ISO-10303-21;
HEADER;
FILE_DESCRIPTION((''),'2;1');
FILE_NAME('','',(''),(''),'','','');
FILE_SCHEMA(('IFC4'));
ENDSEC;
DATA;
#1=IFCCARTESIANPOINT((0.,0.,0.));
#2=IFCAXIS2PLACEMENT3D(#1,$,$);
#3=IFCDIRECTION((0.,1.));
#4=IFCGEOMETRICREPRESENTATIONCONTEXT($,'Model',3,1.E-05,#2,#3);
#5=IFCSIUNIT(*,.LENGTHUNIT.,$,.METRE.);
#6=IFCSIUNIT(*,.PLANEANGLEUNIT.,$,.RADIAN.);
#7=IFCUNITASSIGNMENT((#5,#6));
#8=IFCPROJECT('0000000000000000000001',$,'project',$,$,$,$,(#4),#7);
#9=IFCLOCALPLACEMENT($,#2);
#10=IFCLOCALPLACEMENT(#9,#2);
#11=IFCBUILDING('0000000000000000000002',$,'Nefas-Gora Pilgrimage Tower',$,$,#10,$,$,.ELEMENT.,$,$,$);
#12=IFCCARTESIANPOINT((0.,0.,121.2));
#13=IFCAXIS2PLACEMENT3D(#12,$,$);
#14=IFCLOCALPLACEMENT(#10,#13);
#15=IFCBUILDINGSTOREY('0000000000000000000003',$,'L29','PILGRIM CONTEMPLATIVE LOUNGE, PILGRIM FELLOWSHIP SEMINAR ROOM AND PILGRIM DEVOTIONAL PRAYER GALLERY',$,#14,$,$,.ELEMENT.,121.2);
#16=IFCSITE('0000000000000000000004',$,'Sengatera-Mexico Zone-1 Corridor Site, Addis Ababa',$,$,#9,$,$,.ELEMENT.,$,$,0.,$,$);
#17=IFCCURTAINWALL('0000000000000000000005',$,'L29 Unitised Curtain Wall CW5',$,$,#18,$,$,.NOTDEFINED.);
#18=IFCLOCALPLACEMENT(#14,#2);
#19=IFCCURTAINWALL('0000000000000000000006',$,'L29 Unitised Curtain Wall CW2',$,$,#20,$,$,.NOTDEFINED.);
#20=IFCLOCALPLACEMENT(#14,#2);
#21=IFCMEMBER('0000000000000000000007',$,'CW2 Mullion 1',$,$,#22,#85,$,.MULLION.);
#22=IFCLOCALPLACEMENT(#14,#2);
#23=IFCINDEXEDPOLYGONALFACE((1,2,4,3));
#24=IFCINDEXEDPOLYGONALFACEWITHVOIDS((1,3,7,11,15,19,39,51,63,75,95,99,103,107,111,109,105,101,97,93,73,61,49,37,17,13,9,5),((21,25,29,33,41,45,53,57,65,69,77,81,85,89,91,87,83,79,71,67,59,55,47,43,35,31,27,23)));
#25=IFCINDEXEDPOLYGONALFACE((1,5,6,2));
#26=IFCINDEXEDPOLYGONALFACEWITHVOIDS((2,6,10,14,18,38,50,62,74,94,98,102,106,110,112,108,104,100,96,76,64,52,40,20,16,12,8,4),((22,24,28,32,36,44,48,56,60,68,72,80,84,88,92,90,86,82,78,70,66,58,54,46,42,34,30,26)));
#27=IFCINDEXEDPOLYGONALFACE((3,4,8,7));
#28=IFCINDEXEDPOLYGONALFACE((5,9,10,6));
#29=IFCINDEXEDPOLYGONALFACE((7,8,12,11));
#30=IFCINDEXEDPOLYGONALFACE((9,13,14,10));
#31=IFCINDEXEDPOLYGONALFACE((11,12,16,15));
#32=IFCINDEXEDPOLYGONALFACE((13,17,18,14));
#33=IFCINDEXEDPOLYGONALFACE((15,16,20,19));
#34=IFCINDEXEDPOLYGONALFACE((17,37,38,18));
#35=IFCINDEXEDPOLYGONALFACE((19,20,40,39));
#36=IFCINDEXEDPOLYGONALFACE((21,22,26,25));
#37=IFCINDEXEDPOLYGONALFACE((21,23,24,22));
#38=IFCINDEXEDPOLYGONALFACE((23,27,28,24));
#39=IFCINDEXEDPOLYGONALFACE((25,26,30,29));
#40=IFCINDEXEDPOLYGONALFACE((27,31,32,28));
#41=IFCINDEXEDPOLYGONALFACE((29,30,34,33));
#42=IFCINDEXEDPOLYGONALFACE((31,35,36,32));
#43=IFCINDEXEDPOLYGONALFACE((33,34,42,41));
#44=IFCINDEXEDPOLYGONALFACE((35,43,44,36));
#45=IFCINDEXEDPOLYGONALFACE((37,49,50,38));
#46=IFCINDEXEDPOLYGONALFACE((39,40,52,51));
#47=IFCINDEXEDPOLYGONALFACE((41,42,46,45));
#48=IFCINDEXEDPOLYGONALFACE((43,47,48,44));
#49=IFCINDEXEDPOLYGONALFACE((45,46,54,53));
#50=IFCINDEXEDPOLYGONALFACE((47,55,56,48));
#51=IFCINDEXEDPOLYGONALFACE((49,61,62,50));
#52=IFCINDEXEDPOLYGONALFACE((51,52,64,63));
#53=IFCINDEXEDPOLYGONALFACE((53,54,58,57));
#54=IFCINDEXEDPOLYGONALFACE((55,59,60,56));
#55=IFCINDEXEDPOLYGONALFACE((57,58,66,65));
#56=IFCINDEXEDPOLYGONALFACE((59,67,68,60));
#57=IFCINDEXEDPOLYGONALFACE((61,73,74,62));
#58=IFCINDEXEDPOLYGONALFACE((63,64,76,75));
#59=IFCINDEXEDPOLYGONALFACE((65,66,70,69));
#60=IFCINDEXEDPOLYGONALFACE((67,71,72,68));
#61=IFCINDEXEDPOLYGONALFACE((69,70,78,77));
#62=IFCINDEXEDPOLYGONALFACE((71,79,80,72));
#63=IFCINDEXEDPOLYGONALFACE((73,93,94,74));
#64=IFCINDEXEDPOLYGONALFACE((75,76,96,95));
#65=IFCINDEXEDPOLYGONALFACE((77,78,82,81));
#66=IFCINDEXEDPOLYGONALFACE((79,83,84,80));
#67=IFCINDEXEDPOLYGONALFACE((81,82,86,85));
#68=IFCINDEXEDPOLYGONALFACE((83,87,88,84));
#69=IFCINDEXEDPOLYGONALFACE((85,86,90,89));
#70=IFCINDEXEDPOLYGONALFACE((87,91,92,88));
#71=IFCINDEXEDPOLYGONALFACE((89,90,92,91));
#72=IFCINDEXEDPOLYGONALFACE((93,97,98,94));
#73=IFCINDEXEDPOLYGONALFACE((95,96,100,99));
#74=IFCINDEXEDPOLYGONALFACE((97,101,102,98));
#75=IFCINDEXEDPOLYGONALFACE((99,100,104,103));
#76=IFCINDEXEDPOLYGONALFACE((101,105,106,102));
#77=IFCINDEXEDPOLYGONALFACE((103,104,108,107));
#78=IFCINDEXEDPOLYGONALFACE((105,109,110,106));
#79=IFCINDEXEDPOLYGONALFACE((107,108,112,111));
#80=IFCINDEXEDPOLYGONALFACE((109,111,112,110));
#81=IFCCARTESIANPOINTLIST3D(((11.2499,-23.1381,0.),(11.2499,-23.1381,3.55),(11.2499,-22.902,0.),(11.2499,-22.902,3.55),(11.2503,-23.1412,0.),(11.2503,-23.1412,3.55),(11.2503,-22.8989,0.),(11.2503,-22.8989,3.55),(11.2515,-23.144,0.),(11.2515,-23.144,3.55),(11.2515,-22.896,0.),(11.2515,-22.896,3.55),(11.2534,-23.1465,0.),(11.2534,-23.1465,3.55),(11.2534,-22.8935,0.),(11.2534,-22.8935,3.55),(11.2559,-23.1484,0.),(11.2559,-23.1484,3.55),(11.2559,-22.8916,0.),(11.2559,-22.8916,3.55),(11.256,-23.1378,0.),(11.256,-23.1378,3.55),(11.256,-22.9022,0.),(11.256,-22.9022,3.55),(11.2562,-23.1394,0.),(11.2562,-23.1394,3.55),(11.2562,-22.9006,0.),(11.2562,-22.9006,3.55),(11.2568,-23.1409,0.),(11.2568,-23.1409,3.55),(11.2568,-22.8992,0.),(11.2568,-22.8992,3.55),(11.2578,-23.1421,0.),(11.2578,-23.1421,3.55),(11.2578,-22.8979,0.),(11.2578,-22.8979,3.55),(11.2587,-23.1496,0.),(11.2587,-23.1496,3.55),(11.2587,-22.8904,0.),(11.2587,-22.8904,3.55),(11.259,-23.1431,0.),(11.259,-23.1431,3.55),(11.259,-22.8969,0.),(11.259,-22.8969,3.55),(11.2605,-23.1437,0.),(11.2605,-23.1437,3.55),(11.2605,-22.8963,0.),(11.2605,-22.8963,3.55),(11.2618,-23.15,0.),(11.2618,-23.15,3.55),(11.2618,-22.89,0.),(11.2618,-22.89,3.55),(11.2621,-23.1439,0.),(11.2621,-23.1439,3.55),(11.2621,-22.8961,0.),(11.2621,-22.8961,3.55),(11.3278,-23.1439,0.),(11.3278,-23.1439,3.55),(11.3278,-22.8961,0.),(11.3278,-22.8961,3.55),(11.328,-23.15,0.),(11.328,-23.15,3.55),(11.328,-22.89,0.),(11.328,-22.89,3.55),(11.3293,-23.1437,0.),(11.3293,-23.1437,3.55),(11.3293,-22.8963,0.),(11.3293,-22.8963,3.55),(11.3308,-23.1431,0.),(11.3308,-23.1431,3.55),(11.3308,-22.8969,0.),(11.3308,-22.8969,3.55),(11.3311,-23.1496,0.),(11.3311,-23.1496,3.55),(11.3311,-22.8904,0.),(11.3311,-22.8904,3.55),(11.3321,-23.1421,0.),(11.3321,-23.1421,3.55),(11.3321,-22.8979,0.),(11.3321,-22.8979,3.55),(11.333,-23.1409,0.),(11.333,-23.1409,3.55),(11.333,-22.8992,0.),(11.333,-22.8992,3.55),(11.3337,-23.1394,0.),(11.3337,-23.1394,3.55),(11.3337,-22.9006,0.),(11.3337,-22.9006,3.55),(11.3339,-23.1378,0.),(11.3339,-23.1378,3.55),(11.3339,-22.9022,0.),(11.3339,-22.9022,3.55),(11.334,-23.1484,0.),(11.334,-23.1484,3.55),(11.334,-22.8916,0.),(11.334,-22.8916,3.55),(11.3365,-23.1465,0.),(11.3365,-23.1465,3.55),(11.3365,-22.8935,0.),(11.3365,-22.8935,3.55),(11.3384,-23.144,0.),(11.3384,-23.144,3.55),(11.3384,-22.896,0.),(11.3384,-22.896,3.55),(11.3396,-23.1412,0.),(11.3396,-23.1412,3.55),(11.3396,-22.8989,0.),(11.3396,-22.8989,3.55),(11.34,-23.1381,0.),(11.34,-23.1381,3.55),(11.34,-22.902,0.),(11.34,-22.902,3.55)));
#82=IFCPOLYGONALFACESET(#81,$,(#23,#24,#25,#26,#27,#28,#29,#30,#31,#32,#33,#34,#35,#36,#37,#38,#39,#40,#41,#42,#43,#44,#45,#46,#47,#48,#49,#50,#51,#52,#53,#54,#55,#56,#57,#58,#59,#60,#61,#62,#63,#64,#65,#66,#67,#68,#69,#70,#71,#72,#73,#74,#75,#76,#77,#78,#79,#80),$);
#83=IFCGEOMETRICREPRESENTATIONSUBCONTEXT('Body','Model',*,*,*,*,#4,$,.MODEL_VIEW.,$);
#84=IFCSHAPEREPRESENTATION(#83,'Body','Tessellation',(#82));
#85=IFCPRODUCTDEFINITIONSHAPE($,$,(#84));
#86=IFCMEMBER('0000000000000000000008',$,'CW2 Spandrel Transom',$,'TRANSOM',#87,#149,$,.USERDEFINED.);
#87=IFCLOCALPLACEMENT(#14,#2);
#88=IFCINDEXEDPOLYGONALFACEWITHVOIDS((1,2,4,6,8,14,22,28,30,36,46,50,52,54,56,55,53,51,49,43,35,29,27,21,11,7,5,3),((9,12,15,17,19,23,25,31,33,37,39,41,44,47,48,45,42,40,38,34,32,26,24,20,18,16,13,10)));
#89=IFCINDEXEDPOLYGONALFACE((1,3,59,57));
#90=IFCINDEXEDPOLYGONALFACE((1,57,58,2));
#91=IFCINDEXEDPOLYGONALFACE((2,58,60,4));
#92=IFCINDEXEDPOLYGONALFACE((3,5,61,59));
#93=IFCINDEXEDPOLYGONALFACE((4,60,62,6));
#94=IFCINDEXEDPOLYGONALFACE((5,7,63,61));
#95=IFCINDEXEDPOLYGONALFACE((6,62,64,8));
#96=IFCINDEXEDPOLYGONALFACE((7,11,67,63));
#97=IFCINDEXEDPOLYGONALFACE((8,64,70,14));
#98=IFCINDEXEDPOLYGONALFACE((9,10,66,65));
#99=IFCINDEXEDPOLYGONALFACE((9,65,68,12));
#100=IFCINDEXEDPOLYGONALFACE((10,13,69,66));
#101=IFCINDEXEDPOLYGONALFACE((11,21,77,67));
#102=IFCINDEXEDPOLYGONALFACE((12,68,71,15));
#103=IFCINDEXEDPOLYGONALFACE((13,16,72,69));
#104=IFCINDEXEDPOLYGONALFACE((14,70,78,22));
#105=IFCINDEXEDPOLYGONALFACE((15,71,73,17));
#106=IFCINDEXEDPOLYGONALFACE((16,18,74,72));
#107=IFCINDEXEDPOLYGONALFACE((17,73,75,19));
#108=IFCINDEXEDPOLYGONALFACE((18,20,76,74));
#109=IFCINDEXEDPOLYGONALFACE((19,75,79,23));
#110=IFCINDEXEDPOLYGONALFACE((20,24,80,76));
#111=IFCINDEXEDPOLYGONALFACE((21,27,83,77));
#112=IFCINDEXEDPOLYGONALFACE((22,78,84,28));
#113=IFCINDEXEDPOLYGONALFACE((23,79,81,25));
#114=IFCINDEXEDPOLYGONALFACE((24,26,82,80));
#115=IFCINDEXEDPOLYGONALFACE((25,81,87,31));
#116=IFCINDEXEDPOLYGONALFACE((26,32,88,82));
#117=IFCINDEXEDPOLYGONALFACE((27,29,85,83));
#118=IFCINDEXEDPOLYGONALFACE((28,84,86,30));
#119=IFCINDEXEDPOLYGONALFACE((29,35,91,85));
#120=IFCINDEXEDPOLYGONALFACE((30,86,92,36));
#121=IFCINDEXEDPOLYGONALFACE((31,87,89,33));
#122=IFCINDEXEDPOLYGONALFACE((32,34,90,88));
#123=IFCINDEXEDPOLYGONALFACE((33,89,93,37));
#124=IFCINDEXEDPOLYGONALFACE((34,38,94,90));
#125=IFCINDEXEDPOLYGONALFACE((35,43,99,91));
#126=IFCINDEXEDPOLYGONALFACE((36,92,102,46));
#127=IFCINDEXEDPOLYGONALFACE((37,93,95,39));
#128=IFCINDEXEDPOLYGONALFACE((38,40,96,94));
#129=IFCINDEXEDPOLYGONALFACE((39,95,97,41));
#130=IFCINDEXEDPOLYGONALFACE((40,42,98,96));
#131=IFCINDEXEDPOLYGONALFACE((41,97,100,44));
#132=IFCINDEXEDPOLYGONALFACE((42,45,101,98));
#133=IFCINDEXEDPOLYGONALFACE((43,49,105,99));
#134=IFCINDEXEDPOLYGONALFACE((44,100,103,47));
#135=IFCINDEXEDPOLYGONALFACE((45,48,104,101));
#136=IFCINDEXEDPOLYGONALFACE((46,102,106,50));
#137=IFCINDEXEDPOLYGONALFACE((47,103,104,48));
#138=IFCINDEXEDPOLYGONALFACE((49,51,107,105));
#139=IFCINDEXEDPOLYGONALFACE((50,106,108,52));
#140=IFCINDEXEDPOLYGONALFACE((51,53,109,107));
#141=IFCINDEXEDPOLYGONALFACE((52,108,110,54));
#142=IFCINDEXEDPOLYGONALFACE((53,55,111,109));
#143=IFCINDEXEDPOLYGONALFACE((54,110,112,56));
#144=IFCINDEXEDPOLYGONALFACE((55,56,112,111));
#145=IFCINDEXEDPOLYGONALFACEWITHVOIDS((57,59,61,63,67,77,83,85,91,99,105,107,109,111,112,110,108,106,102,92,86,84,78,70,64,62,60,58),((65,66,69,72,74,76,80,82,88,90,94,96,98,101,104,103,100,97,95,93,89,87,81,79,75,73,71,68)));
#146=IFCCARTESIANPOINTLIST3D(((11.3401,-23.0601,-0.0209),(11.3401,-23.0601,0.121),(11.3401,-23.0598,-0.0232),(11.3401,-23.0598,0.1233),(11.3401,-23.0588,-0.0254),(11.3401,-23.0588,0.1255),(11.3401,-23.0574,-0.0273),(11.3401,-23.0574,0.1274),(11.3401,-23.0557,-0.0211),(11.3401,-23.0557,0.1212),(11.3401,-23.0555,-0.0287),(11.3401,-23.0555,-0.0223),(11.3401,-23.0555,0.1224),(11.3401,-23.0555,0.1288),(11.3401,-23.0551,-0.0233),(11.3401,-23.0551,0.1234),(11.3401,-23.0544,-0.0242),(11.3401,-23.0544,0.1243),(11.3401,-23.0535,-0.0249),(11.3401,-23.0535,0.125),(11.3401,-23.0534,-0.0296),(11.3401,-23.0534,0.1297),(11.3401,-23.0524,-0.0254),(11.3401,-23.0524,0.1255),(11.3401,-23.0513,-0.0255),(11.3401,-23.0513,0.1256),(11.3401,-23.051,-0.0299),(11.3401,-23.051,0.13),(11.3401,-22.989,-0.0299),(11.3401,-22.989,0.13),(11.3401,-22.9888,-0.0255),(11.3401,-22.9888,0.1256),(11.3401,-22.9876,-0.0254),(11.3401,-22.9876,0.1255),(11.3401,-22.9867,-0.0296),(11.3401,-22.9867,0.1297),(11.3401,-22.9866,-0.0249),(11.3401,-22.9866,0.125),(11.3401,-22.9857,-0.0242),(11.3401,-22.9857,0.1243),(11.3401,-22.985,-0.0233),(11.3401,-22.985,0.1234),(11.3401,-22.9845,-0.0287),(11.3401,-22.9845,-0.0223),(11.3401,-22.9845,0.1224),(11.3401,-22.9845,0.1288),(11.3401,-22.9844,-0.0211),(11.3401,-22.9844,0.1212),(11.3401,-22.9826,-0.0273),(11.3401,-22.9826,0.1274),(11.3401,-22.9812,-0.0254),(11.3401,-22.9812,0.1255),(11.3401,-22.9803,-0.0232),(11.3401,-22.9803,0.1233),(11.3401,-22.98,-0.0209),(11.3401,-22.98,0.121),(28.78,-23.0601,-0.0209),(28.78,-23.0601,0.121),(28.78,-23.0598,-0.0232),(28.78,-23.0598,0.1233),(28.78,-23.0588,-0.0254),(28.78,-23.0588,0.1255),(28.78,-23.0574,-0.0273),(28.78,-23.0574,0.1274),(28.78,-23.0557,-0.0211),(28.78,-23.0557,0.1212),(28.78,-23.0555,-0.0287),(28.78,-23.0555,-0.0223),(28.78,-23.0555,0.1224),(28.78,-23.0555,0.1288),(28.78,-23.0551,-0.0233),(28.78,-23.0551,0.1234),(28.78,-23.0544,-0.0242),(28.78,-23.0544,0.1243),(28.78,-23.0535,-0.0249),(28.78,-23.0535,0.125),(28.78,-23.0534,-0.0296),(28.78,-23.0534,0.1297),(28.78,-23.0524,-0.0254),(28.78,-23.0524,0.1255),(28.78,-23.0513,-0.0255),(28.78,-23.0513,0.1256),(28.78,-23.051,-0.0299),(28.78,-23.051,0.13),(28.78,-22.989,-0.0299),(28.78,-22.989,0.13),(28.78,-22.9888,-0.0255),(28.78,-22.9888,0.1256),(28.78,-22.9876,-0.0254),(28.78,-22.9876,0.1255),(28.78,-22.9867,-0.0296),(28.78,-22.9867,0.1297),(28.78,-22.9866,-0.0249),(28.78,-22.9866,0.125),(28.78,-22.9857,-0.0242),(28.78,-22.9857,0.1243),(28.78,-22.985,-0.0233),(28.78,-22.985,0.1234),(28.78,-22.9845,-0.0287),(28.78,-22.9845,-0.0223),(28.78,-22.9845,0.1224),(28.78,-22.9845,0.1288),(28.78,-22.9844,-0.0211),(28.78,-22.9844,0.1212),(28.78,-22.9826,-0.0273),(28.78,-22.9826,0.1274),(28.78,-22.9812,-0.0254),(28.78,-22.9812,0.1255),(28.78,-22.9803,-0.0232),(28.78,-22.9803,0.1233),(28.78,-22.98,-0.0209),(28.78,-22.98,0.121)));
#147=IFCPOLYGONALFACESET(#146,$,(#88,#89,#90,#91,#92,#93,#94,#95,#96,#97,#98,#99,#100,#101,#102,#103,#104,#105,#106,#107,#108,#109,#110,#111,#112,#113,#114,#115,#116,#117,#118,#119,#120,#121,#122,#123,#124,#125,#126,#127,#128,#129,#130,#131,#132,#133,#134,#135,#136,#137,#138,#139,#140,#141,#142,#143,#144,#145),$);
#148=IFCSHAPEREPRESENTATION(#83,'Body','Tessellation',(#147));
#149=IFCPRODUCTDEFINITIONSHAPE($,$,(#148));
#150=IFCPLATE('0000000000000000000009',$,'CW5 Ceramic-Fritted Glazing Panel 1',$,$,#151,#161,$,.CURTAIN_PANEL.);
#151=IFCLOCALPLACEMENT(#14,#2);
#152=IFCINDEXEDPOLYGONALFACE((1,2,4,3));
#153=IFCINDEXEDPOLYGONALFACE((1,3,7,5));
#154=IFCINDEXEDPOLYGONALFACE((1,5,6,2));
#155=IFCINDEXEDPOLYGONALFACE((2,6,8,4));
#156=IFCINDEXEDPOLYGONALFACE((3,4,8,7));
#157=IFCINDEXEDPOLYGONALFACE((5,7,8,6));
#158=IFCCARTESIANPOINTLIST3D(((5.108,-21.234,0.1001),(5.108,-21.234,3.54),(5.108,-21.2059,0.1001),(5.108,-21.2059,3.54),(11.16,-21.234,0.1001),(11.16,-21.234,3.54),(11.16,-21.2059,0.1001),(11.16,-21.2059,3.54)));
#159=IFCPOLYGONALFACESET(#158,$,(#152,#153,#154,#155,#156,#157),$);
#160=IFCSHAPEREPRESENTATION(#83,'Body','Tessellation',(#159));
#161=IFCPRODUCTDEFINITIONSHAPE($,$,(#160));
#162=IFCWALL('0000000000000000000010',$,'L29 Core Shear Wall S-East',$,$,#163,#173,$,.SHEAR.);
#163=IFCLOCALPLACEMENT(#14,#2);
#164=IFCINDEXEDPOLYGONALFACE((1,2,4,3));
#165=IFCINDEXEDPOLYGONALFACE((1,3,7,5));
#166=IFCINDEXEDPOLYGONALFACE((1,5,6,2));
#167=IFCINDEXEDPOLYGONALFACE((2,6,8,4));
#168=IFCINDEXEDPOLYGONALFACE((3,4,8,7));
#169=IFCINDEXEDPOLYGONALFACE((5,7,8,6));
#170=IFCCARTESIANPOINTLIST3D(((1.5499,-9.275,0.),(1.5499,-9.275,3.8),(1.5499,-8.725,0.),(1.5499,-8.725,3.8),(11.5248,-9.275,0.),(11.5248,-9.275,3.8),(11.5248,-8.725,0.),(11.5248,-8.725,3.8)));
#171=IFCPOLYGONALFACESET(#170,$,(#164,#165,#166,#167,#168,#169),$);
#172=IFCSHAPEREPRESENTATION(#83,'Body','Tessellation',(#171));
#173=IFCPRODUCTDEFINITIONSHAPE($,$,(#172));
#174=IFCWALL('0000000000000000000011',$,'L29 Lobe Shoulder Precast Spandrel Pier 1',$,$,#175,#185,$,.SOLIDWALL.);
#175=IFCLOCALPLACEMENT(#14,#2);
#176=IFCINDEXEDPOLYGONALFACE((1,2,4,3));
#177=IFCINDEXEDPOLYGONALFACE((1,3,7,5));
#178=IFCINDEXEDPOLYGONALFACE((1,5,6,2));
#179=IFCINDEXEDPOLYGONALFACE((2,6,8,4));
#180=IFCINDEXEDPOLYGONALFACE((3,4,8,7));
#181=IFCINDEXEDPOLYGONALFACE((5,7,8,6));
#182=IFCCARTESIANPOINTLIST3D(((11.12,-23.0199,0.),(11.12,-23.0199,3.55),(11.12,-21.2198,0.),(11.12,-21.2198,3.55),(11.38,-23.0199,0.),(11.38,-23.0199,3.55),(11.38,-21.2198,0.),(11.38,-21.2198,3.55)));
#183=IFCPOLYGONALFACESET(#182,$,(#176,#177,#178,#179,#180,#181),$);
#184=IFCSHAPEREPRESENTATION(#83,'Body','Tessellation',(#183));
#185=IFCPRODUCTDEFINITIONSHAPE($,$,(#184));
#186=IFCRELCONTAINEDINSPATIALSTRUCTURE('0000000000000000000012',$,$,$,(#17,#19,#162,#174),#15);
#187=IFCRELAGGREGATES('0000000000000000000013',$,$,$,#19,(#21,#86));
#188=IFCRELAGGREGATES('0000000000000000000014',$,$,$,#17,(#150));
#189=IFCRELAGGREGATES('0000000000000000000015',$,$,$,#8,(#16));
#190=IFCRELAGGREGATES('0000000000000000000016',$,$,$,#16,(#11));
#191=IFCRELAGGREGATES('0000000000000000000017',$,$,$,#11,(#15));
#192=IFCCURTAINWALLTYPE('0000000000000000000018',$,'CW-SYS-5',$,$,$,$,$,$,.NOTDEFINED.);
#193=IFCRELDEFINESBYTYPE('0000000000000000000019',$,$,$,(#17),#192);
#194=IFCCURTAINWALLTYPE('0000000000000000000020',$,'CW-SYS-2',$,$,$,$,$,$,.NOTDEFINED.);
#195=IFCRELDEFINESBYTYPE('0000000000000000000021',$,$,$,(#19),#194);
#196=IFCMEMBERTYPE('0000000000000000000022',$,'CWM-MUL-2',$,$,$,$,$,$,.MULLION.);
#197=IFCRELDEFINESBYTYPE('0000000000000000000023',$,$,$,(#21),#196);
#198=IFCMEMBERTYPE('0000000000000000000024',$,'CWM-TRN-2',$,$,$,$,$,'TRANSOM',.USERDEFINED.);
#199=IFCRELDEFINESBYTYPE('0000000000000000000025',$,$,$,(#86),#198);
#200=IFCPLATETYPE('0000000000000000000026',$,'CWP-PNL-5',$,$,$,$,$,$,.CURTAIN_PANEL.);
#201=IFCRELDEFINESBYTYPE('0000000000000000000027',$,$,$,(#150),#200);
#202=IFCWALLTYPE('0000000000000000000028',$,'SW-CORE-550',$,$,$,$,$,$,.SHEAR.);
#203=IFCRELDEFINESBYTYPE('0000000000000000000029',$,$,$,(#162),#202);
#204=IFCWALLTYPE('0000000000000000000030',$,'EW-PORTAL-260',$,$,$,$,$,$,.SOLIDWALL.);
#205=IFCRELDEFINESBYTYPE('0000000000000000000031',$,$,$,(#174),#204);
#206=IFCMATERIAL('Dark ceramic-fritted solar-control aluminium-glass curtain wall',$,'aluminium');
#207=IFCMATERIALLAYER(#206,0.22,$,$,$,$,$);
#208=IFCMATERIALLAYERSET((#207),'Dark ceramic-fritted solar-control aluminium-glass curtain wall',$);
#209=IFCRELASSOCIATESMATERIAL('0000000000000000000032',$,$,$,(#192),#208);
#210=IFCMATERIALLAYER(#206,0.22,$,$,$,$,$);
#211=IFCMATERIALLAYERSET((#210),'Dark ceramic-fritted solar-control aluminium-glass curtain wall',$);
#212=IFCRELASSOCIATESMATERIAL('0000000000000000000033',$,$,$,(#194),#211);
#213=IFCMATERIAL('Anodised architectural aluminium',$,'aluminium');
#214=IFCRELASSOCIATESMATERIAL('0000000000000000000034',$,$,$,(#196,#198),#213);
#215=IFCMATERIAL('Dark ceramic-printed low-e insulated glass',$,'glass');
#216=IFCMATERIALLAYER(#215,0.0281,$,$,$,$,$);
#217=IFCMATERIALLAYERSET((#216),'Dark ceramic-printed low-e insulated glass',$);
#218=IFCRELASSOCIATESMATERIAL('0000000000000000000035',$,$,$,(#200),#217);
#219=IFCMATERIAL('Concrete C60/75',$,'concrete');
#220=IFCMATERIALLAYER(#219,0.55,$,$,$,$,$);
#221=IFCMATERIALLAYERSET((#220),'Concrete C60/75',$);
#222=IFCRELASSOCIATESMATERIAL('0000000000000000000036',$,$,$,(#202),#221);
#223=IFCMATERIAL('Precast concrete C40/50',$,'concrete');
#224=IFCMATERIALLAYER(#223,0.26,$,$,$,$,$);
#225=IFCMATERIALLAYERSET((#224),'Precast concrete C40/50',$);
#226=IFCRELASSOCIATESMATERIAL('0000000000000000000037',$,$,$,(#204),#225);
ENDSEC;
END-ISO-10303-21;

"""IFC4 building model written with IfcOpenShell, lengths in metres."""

from ifc_helpers import new_model, si_unit, direction, frame, frame_2d, origin, origin_2d, place, context, subcontext, project, spatial, rectangle, hollow_rectangle, extrude, source, transform, mapped, material, layer, layer_set, material_profile, profile_set, type_object, element, aggregate, save


model = new_model("IFC4")

# Units and contexts
model_context = context("Model", 3, precision=1e-05, world=origin(), true_north=direction((0.0, 1.0)))
body_context = subcontext(model_context, "Body", "Model", "MODEL_VIEW")
ifc_project = project(units=[si_unit("LENGTHUNIT", "METRE"), si_unit("PLANEANGLEUNIT", "RADIAN")], contexts=[model_context])

# Site, building, storey
site_placement = place(None, origin())
site = spatial("IfcSite", under=ifc_project, at=site_placement, Name="Sengatera-Mexico Zone-1 Corridor Site, Addis Ababa", CompositionType="ELEMENT", RefElevation=0.0)
building_placement = place(site_placement, origin())
building = spatial("IfcBuilding", under=site, at=building_placement, Name="Nefas-Gora Pilgrimage Tower", CompositionType="ELEMENT")
storey_placement = place(building_placement, frame((0.0, 0.0, 121.2)))
storey = spatial("IfcBuildingStorey", under=building, at=storey_placement, Name="L29", Description="PILGRIM CONTEMPLATIVE LOUNGE, PILGRIM FELLOWSHIP SEMINAR ROOM AND PILGRIM DEVOTIONAL PRAYER GALLERY", CompositionType="ELEMENT", Elevation=121.2)

# Curtain wall
ifc_material_1 = material(Name="Dark ceramic-fritted solar-control aluminium-glass curtain wall", Category="aluminium")
ifc_layer_1 = layer(ifc_material_1, 0.22)
ifc_layer_set_1 = layer_set([ifc_layer_1], Name="Dark ceramic-fritted solar-control aluminium-glass curtain wall")
curtain_wall_type_1 = type_object("IfcCurtainWallType", Name="CW-SYS-5", PredefinedType="NOTDEFINED", material=ifc_layer_set_1)
curtain_wall_1_placement = place(storey_placement, origin())
curtain_wall_1 = element("IfcCurtainWall", 1, at=curtain_wall_1_placement, inside=storey, type_object=curtain_wall_type_1, Name="L29 Unitised Curtain Wall CW5", PredefinedType="NOTDEFINED")
ifc_material_2 = material(Name="Anodised architectural aluminium", Category="aluminium")

# Curtain wall, members
ifc_layer_2 = layer(ifc_material_1, 0.22)
ifc_layer_set_2 = layer_set([ifc_layer_2], Name="Dark ceramic-fritted solar-control aluminium-glass curtain wall")
curtain_wall_type_2 = type_object("IfcCurtainWallType", Name="CW-SYS-2", PredefinedType="NOTDEFINED", material=ifc_layer_set_2)
curtain_wall_2_placement = place(storey_placement, origin())
curtain_wall_2 = element("IfcCurtainWall", 2, at=curtain_wall_2_placement, inside=storey, type_object=curtain_wall_type_2, Name="L29 Unitised Curtain Wall CW2", PredefinedType="NOTDEFINED")
ifc_material_profile_1 = material_profile(ifc_material_2, hollow_rectangle(XDim=0.0901, YDim=0.26, WallThickness=0.0061, InnerFilletRadius=0.0061, OuterFilletRadius=0.012, at=origin_2d()), Name="ALU MULLION 90x260")
ifc_profile_set_1 = profile_set([ifc_material_profile_1], Name="Anodised architectural aluminium")
member_type_1 = type_object("IfcMemberType", Name="CWM-MUL-2", PredefinedType="MULLION", material=ifc_profile_set_1)
shared_shape_1 = source(origin(), body_context, "Body", "SweptSolid", [
    extrude(hollow_rectangle(XDim=0.0901, YDim=0.26, WallThickness=0.0061, InnerFilletRadius=0.0061, OuterFilletRadius=0.012, at=origin_2d()), origin(), (0.0, 0.0, 1.0), 3.55),
])
member_1_placement = place(storey_placement, frame((11.2949, -23.02, 0.0), z_axis=(0.0, 0.0, 1.0), x_axis=(1.0, 0.0, 0.0)))
member_1 = element("IfcMember", 3, at=member_1_placement, type_object=member_type_1, Name="CW2 Mullion 1", PredefinedType="MULLION", context=body_context, shape_type="MappedRepresentation", body=[
    mapped(shared_shape_1, transform((0.0, 0.0, 0.0), x_axis=(1.0, 0.0, 0.0), y_axis=(0.0, 1.0, 0.0), z_axis=(0.0, 0.0, 1.0), scale=1.0)),
])
ifc_material_profile_2 = material_profile(ifc_material_2, hollow_rectangle(XDim=0.0801, YDim=0.1599, WallThickness=0.0044, InnerFilletRadius=0.0044, OuterFilletRadius=0.009, at=origin_2d()), Name="ALU TRANSOM 80x160")
ifc_profile_set_2 = profile_set([ifc_material_profile_2], Name="Anodised architectural aluminium")
member_type_2 = type_object("IfcMemberType", Name="CWM-TRN-2", ElementType="TRANSOM", PredefinedType="USERDEFINED", material=ifc_profile_set_2)
shared_shape_2 = source(origin(), body_context, "Body", "SweptSolid", [
    extrude(hollow_rectangle(XDim=0.0801, YDim=0.1599, WallThickness=0.0044, InnerFilletRadius=0.0044, OuterFilletRadius=0.009, at=origin_2d()), origin(), (0.0, 0.0, 1.0), 17.4399),
])
member_2_placement = place(storey_placement, frame((11.3401, -23.02, 0.05), z_axis=(1.0, 0.0, 0.0), x_axis=(0.0, 1.0, 0.0)))
member_2 = element("IfcMember", 4, at=member_2_placement, type_object=member_type_2, Name="CW2 Spandrel Transom", ObjectType="TRANSOM", PredefinedType="USERDEFINED", context=body_context, shape_type="MappedRepresentation", body=[
    mapped(shared_shape_2, transform((0.0, 0.0, 0.0), x_axis=(1.0, 0.0, 0.0), y_axis=(0.0, 1.0, 0.0), z_axis=(0.0, 0.0, 1.0), scale=1.0)),
])
aggregate(curtain_wall_2, [member_1, member_2])

# Plate
ifc_material_3 = material(Name="Dark ceramic-printed low-e insulated glass", Category="glass")
ifc_layer_3 = layer(ifc_material_3, 0.0281)
ifc_layer_set_3 = layer_set([ifc_layer_3], Name="Dark ceramic-printed low-e insulated glass")
plate_type = type_object("IfcPlateType", Name="CWP-PNL-5", PredefinedType="CURTAIN_PANEL", material=ifc_layer_set_3)
shared_shape_3 = source(origin(), body_context, "Body", "SweptSolid", [
    extrude(rectangle(XDim=6.052, YDim=0.0281, at=origin_2d()), origin(), (0.0, 0.0, 1.0), 3.4399),
])
plate_placement = place(storey_placement, frame((8.134, -21.22, 0.1001), z_axis=(0.0, 0.0, 1.0), x_axis=(1.0, 0.0, 0.0)))
plate = element("IfcPlate", 5, at=plate_placement, type_object=plate_type, Name="CW5 Ceramic-Fritted Glazing Panel 1", PredefinedType="CURTAIN_PANEL", context=body_context, shape_type="MappedRepresentation", body=[
    mapped(shared_shape_3, transform((0.0, 0.0, 0.0), x_axis=(1.0, 0.0, 0.0), y_axis=(0.0, 1.0, 0.0), z_axis=(0.0, 0.0, 1.0), scale=1.0)),
])
aggregate(curtain_wall_1, [plate])

# Walls
ifc_material_4 = material(Name="Concrete C60/75", Category="concrete")
ifc_layer_4 = layer(ifc_material_4, 0.55)
ifc_layer_set_4 = layer_set([ifc_layer_4], Name="Concrete C60/75")
wall_type_1 = type_object("IfcWallType", Name="SW-CORE-550", PredefinedType="SHEAR", material=ifc_layer_set_4)
shared_shape_4 = source(origin(), body_context, "Body", "SweptSolid", [
    extrude(rectangle(XDim=9.9749, YDim=0.55, at=frame_2d((4.9873, 0.0))), origin(), (0.0, 0.0, 1.0), 3.8),
])
wall_1_placement = place(storey_placement, frame((1.55, -9.0, 0.0), z_axis=(0.0, 0.0, 1.0), x_axis=(1.0, 0.0, 0.0)))
element("IfcWall", 6, at=wall_1_placement, inside=storey, type_object=wall_type_1, Name="L29 Core Shear Wall S-East", PredefinedType="SHEAR", context=body_context, shape_type="MappedRepresentation", body=[
    mapped(shared_shape_4, transform((0.0, 0.0, 0.0), x_axis=(1.0, 0.0, 0.0), y_axis=(0.0, 1.0, 0.0), z_axis=(0.0, 0.0, 1.0), scale=1.0)),
])
ifc_material_5 = material(Name="Precast concrete C40/50", Category="concrete")
ifc_layer_5 = layer(ifc_material_5, 0.26)
ifc_layer_set_5 = layer_set([ifc_layer_5], Name="Precast concrete C40/50")
wall_type_2 = type_object("IfcWallType", Name="EW-PORTAL-260", PredefinedType="SOLIDWALL", material=ifc_layer_set_5)
shared_shape_5 = source(origin(), body_context, "Body", "SweptSolid", [
    extrude(rectangle(XDim=1.8, YDim=0.26, at=frame_2d((0.8999, 0.0))), origin(), (0.0, 0.0, 1.0), 3.55),
])
wall_2_placement = place(storey_placement, frame((11.25, -21.22, 0.0), z_axis=(0.0, 0.0, 1.0), x_axis=(0.0, -1.0, 0.0)))
element("IfcWall", 7, at=wall_2_placement, inside=storey, type_object=wall_type_2, Name="L29 Lobe Shoulder Precast Spandrel Pier 1", PredefinedType="SOLIDWALL", context=body_context, shape_type="MappedRepresentation", body=[
    mapped(shared_shape_5, transform((0.0, 0.0, 0.0), x_axis=(1.0, 0.0, 0.0), y_axis=(0.0, 1.0, 0.0), z_axis=(0.0, 0.0, 1.0), scale=1.0)),
])

save(model, "model.ifc")
